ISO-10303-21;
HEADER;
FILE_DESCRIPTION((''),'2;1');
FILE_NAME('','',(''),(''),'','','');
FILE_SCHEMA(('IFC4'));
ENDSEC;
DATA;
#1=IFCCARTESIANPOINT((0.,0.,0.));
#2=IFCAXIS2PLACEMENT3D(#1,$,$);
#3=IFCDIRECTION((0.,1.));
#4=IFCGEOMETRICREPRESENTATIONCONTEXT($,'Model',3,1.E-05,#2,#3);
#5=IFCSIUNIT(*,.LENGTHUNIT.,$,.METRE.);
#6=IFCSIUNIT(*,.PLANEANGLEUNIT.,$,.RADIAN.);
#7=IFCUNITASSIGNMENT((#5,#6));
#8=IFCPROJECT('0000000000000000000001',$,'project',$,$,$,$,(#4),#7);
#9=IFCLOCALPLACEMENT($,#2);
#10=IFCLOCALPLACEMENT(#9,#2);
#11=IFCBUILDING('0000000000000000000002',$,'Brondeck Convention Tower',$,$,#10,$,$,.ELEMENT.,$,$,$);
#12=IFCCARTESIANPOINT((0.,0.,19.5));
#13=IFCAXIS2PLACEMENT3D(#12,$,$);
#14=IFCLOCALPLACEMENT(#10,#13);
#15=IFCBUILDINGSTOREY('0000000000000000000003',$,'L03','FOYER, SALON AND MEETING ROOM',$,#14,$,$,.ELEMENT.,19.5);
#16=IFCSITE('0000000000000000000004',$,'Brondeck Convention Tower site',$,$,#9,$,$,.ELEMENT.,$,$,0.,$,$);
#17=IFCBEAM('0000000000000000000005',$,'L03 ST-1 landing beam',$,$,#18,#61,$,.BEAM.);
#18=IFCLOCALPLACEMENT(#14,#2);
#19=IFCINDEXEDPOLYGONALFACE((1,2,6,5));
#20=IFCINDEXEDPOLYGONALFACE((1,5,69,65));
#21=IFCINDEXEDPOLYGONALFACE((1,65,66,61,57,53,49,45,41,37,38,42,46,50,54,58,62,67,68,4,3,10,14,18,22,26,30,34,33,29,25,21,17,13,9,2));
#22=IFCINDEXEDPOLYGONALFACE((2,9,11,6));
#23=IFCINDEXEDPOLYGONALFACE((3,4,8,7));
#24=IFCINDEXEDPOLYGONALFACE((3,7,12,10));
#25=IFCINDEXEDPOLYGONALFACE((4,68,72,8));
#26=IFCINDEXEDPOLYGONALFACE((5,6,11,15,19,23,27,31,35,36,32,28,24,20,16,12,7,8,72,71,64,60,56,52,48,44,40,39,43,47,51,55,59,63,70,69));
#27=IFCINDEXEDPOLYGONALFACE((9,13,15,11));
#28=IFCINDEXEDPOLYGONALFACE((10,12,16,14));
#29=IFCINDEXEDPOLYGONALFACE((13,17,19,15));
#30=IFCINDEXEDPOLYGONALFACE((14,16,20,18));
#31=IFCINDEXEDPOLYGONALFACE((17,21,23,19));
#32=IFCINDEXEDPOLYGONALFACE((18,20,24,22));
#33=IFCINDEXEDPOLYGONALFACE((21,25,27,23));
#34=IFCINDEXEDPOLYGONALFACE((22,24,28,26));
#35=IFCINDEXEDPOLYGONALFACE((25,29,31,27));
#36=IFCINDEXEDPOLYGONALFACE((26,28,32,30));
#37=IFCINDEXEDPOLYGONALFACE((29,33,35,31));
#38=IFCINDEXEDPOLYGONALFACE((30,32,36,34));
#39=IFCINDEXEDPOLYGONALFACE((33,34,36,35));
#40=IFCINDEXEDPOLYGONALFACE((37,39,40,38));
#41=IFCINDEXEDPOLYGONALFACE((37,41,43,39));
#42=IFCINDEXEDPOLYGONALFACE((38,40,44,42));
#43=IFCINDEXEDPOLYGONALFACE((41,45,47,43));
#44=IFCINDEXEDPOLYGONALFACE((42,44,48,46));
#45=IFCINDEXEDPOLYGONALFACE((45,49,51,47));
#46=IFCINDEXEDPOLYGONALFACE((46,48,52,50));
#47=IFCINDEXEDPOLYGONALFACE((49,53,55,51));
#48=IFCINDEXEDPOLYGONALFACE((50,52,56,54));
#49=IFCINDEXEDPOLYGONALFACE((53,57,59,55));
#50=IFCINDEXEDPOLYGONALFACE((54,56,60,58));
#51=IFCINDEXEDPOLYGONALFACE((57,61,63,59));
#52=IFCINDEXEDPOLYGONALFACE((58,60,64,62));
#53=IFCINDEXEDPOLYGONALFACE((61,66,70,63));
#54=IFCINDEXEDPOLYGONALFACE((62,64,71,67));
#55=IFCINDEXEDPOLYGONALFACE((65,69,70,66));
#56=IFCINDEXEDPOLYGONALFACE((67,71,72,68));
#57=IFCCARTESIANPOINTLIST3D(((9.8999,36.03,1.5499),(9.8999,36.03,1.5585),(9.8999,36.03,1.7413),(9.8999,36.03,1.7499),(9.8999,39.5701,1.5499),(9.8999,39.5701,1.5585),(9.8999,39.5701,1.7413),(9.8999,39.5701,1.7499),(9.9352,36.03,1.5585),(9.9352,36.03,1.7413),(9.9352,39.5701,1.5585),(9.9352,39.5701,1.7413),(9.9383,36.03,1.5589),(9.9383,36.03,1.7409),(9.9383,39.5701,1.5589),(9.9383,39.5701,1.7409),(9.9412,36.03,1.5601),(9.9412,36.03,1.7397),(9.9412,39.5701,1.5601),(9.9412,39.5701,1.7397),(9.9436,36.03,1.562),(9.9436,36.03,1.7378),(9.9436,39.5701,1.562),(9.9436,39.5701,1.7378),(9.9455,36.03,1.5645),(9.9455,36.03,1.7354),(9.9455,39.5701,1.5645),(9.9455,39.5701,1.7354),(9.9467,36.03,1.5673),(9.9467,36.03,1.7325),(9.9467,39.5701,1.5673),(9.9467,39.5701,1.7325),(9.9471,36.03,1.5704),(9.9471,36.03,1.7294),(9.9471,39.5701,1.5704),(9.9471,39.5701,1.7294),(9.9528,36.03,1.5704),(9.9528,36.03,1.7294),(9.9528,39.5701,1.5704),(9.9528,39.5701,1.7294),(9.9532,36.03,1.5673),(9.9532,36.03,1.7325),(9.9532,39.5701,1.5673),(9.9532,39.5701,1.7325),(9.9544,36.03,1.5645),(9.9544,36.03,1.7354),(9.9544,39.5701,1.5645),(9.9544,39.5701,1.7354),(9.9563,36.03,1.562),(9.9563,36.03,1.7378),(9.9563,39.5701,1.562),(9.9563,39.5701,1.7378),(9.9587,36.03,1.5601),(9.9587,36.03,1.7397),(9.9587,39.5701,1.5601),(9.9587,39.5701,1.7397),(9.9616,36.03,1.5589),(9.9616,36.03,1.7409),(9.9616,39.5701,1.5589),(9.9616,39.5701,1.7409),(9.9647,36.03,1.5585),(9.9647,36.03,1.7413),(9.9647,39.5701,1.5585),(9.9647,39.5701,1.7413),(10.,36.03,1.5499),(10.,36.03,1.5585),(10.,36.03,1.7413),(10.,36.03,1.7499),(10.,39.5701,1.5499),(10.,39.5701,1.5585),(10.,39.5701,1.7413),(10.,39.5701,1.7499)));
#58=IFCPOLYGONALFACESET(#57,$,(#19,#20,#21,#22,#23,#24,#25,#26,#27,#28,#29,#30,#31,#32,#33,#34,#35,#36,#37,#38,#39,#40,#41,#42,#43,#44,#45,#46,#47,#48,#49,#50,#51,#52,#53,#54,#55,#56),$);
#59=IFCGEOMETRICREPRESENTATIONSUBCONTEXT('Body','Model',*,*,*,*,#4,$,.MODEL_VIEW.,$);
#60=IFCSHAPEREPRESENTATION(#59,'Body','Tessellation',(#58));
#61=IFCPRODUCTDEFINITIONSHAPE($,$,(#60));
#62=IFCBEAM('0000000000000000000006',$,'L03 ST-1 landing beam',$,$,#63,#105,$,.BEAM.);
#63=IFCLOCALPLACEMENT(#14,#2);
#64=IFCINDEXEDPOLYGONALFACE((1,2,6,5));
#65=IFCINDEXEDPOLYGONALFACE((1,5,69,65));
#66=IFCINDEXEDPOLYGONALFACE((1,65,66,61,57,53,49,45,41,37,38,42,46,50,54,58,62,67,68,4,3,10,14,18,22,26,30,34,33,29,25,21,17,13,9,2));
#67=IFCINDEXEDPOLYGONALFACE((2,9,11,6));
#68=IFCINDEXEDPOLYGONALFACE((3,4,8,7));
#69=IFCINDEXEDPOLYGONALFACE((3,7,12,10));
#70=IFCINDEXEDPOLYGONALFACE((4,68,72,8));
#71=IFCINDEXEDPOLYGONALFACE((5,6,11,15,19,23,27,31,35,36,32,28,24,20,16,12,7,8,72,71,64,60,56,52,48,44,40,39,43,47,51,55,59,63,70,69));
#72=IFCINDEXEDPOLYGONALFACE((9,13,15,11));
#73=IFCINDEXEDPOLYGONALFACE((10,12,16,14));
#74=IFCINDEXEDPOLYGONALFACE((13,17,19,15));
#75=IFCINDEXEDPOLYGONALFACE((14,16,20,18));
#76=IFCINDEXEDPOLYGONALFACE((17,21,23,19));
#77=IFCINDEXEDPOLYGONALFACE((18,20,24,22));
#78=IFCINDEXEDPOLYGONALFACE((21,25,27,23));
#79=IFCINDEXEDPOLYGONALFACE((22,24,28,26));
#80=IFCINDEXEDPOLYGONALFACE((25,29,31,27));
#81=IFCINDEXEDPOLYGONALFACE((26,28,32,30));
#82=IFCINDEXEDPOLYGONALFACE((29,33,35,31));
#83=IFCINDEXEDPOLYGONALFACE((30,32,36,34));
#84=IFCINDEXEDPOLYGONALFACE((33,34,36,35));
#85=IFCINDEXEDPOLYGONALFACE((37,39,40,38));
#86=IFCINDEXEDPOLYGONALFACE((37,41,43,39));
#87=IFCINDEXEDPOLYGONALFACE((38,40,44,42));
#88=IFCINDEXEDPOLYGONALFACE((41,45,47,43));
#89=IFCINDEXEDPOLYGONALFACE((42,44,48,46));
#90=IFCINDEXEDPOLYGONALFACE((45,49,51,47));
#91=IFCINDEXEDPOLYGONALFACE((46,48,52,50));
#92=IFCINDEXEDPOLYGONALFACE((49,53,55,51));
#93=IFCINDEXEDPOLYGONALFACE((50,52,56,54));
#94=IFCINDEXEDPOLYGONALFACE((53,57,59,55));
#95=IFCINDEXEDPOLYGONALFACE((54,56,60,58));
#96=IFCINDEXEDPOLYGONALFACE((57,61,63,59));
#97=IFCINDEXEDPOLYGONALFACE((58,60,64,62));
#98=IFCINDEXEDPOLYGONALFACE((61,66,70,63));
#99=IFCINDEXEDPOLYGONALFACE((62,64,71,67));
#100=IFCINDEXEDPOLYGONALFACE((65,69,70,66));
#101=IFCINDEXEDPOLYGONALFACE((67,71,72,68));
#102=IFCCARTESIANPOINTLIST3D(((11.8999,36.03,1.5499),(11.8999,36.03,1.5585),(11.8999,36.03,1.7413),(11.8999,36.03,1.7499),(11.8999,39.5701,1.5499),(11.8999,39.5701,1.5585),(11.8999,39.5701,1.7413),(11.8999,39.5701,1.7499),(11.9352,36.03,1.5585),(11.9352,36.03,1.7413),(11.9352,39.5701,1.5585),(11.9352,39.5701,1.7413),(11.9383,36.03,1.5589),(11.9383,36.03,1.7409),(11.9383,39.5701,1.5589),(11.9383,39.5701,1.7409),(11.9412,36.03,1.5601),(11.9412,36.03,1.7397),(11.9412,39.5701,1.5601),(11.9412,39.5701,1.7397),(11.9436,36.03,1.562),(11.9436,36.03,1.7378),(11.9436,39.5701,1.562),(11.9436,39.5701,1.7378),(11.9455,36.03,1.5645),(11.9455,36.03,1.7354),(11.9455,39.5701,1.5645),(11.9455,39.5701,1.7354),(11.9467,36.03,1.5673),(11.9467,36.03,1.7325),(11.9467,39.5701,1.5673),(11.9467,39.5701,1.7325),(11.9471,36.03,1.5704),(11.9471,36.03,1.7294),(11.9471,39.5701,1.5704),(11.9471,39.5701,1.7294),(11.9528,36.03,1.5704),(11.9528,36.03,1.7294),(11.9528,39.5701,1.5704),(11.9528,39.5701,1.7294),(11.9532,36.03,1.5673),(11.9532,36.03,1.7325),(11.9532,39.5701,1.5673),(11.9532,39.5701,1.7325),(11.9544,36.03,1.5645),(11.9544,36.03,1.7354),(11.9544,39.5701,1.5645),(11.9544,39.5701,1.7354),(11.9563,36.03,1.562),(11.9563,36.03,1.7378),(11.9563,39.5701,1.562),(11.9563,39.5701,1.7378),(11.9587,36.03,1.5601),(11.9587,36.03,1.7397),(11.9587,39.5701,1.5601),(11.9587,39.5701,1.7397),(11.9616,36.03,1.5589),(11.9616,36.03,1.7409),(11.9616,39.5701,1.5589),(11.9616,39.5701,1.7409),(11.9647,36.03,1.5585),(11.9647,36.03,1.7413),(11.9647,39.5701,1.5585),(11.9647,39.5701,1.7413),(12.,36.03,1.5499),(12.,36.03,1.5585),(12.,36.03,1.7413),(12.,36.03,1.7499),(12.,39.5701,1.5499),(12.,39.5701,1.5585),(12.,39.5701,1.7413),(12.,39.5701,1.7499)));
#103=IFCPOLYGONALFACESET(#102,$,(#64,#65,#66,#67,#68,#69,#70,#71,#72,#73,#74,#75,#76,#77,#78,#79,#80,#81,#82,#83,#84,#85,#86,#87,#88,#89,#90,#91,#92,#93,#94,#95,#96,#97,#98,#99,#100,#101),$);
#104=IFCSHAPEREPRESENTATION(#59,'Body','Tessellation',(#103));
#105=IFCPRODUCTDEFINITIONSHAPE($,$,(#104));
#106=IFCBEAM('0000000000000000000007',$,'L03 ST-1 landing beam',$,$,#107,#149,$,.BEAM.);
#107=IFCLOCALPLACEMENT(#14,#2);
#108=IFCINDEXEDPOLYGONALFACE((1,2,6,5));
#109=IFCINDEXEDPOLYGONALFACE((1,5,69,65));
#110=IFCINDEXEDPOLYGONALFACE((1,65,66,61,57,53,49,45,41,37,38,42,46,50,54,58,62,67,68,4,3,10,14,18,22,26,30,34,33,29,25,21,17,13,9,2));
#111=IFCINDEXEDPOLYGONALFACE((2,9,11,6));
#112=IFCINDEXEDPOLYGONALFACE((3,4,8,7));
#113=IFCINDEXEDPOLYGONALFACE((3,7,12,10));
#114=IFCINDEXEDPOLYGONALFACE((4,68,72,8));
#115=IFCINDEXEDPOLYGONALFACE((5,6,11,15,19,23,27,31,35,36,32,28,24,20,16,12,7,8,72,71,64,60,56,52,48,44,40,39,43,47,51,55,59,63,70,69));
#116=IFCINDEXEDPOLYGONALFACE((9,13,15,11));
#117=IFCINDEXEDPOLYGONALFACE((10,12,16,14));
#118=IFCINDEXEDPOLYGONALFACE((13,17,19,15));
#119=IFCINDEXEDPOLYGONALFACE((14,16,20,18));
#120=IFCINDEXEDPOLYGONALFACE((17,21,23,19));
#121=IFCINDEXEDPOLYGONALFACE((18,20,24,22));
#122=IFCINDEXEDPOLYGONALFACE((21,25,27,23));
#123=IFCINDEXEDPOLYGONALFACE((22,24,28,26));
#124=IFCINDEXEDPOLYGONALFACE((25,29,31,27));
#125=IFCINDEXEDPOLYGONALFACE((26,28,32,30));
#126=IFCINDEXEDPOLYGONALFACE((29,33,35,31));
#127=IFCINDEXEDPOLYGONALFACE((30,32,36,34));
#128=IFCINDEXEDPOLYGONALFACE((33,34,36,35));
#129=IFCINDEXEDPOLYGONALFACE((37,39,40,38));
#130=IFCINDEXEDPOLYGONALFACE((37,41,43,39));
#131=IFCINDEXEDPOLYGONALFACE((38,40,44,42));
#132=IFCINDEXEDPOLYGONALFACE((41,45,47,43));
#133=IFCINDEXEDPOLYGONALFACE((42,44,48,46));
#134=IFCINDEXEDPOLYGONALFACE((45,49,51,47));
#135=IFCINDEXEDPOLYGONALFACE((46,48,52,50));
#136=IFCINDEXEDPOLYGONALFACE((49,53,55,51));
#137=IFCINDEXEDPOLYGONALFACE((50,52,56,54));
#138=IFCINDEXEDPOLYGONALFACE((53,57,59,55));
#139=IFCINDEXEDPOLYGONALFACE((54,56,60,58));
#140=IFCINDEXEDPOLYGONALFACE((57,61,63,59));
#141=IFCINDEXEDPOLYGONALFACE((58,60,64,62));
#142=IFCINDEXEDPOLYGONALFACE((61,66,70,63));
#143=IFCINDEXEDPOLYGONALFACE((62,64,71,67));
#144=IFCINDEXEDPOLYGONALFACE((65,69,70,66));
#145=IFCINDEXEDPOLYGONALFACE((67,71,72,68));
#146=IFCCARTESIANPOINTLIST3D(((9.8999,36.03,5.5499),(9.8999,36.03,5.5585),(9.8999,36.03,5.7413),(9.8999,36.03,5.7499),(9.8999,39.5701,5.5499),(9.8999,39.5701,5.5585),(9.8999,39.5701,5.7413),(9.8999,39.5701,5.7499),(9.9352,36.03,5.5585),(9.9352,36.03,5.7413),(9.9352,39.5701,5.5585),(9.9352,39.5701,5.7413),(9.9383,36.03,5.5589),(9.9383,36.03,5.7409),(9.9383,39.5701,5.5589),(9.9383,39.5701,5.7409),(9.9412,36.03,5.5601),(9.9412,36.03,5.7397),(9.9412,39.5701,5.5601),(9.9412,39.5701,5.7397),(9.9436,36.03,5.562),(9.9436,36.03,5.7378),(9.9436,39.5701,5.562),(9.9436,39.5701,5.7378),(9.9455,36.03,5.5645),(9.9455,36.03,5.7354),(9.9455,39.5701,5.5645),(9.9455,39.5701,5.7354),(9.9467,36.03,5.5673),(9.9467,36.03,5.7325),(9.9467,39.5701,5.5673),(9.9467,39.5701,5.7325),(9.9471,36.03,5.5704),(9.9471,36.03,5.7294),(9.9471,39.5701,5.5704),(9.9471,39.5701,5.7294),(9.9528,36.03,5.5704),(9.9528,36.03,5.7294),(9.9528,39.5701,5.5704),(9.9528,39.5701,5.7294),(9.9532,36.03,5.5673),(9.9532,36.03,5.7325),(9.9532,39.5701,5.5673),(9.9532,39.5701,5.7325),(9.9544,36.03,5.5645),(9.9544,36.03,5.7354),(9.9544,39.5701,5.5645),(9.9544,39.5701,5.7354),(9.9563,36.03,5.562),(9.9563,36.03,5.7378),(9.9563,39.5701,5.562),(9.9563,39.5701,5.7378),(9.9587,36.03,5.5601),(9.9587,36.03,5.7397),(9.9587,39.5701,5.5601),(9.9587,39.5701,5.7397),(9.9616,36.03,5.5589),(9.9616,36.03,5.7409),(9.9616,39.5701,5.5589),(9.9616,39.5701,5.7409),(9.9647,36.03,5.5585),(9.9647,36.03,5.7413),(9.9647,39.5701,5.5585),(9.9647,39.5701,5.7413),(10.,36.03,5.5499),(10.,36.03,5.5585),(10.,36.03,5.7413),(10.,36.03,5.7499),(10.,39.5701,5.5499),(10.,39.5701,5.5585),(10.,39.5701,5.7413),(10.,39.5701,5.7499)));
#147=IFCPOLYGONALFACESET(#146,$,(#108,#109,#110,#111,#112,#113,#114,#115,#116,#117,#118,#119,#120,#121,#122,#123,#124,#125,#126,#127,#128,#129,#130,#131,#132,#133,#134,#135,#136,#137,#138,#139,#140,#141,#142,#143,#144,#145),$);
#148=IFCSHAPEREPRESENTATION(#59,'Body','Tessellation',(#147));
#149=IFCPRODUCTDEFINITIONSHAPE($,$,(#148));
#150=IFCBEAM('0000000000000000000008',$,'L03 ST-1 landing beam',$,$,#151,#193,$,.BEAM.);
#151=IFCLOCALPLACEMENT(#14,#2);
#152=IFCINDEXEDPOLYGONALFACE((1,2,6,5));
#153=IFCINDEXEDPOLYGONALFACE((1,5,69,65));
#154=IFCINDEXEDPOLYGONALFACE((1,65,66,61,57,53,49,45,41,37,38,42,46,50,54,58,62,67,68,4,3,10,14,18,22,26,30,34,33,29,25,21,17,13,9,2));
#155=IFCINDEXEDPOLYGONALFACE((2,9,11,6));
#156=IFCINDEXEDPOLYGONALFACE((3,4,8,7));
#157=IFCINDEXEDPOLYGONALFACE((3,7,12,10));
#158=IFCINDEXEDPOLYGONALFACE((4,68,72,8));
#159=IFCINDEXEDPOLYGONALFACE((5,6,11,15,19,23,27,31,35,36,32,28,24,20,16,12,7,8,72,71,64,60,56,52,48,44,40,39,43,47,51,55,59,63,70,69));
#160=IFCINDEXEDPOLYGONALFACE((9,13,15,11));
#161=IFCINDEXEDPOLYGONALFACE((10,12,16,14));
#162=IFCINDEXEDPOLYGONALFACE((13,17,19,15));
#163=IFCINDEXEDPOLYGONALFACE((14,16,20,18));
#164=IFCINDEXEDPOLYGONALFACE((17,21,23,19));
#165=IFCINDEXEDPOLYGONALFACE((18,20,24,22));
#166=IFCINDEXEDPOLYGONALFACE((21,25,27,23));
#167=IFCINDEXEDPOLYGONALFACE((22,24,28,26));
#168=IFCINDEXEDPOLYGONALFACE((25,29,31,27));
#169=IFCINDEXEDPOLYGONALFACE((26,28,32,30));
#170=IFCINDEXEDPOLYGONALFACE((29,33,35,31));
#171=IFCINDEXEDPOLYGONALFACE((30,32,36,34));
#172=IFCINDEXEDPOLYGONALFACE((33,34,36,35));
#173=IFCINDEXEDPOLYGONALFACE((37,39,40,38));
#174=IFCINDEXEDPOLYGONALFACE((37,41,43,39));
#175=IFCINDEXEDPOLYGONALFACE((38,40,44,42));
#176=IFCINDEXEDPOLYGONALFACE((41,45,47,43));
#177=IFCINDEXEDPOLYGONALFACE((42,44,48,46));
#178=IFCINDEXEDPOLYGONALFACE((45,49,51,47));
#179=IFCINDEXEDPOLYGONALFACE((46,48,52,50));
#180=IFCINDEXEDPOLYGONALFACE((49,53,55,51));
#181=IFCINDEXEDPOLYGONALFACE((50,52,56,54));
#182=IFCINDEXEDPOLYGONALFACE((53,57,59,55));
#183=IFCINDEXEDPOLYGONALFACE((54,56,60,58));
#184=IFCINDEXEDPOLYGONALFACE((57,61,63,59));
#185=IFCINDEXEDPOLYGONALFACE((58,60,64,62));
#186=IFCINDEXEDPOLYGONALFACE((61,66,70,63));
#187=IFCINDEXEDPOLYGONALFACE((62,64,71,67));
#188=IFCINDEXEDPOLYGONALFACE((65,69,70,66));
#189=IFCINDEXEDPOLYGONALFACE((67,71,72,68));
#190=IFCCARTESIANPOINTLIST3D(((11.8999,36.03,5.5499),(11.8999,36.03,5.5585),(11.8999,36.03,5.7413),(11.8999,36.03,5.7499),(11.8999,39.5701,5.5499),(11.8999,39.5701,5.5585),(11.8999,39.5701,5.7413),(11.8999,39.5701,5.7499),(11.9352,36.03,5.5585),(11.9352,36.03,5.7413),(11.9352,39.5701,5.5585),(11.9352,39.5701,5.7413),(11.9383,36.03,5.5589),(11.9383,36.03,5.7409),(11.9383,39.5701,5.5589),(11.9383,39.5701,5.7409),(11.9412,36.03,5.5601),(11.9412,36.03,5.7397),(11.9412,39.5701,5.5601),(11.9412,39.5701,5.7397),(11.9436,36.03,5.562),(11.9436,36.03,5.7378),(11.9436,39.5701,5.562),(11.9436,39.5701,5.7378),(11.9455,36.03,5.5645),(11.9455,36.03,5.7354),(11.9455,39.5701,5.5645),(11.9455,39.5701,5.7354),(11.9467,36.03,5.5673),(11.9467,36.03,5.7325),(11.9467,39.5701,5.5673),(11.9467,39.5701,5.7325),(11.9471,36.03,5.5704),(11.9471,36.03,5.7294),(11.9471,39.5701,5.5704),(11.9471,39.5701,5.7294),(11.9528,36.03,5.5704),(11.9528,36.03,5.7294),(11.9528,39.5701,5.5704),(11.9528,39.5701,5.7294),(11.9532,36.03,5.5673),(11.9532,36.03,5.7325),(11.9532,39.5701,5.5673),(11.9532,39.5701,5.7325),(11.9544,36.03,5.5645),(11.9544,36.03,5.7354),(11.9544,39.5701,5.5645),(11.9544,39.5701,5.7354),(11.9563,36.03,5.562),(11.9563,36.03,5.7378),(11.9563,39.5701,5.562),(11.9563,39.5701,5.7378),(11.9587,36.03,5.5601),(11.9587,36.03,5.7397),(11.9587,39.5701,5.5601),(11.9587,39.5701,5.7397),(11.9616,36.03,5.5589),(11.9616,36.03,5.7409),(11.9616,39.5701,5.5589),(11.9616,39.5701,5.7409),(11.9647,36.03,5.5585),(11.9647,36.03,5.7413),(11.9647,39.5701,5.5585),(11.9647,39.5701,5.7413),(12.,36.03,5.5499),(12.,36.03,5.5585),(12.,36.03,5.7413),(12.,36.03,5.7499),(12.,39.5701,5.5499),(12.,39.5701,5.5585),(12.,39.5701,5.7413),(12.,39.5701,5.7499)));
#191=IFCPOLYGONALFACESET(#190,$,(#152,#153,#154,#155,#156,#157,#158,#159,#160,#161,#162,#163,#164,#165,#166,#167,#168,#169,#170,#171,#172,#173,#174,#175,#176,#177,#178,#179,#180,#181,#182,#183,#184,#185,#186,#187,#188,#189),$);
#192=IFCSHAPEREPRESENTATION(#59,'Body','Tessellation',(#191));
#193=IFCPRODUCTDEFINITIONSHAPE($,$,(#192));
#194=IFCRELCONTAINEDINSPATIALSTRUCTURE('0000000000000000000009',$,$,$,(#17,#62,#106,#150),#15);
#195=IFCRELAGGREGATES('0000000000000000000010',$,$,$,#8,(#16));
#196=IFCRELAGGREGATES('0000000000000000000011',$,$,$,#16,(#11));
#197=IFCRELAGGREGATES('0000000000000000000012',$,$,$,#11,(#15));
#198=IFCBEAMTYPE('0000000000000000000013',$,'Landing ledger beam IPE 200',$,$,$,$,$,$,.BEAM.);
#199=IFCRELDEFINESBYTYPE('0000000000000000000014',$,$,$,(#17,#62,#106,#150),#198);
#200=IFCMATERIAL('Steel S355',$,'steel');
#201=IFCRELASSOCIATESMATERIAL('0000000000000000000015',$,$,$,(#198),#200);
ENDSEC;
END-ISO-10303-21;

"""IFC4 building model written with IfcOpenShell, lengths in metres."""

from ifc_helpers import new_model, si_unit, direction, frame, origin, origin_2d, place, context, subcontext, project, spatial, i_section, extrude, material, material_profile, profile_set, type_object, element, save


model = new_model("IFC4")

# Units and contexts
model_context = context("Model", 3, precision=1e-05, world=origin(), true_north=direction((0.0, 1.0)))
body_context = subcontext(model_context, "Body", "Model", "MODEL_VIEW")
ifc_project = project(units=[si_unit("LENGTHUNIT", "METRE"), si_unit("PLANEANGLEUNIT", "RADIAN")], contexts=[model_context])

# Site, building, storey
site_placement = place(None, origin())
site = spatial("IfcSite", under=ifc_project, at=site_placement, Name="Brondeck Convention Tower site", CompositionType="ELEMENT", RefElevation=0.0)
building_placement = place(site_placement, origin())
building = spatial("IfcBuilding", under=site, at=building_placement, Name="Brondeck Convention Tower", CompositionType="ELEMENT")
storey_placement = place(building_placement, frame((0.0, 0.0, 19.5)))
storey = spatial("IfcBuildingStorey", under=building, at=storey_placement, Name="L03", Description="FOYER, SALON AND MEETING ROOM", CompositionType="ELEMENT", Elevation=19.5)

# Beams
ifc_material_1 = material(Name="Steel S355", Category="steel")
ifc_material_profile = material_profile(ifc_material_1, i_section(OverallWidth=0.1001, OverallDepth=0.2, WebThickness=0.0056, FlangeThickness=0.0085, FilletRadius=0.012, at=origin_2d()), Name="IPE200")
ifc_profile_set = profile_set([ifc_material_profile], Name="Steel S355")
beam_type = type_object("IfcBeamType", Name="Landing ledger beam IPE 200", PredefinedType="BEAM", material=ifc_profile_set)
for number, where, z_axis, x_axis, name in (
    (1, (9.95, 36.03, 1.6499), (0.0, 1.0, 0.0), (-1.0, 0.0, 0.0), "L03 ST-1 landing beam"),
    (2, (11.95, 36.03, 1.6499), (0.0, 1.0, 0.0), (-1.0, 0.0, 0.0), "L03 ST-1 landing beam"),
    (3, (9.95, 36.03, 5.6499), (0.0, 1.0, 0.0), (-1.0, 0.0, 0.0), "L03 ST-1 landing beam"),
    (4, (11.95, 36.03, 5.6499), (0.0, 1.0, 0.0), (-1.0, 0.0, 0.0), "L03 ST-1 landing beam"),
):
    element("IfcBeam", number, at=place(storey_placement, frame(where, z_axis=z_axis, x_axis=x_axis)), inside=storey, type_object=beam_type, Name=name, PredefinedType="BEAM", context=body_context, shape_type="SweptSolid", body=[
        extrude(i_section(OverallWidth=0.1001, OverallDepth=0.2, WebThickness=0.0056, FlangeThickness=0.0085, FilletRadius=0.012, at=origin_2d()), origin(), (0.0, 0.0, 1.0), 3.54),
    ])

save(model, "model.ifc")
